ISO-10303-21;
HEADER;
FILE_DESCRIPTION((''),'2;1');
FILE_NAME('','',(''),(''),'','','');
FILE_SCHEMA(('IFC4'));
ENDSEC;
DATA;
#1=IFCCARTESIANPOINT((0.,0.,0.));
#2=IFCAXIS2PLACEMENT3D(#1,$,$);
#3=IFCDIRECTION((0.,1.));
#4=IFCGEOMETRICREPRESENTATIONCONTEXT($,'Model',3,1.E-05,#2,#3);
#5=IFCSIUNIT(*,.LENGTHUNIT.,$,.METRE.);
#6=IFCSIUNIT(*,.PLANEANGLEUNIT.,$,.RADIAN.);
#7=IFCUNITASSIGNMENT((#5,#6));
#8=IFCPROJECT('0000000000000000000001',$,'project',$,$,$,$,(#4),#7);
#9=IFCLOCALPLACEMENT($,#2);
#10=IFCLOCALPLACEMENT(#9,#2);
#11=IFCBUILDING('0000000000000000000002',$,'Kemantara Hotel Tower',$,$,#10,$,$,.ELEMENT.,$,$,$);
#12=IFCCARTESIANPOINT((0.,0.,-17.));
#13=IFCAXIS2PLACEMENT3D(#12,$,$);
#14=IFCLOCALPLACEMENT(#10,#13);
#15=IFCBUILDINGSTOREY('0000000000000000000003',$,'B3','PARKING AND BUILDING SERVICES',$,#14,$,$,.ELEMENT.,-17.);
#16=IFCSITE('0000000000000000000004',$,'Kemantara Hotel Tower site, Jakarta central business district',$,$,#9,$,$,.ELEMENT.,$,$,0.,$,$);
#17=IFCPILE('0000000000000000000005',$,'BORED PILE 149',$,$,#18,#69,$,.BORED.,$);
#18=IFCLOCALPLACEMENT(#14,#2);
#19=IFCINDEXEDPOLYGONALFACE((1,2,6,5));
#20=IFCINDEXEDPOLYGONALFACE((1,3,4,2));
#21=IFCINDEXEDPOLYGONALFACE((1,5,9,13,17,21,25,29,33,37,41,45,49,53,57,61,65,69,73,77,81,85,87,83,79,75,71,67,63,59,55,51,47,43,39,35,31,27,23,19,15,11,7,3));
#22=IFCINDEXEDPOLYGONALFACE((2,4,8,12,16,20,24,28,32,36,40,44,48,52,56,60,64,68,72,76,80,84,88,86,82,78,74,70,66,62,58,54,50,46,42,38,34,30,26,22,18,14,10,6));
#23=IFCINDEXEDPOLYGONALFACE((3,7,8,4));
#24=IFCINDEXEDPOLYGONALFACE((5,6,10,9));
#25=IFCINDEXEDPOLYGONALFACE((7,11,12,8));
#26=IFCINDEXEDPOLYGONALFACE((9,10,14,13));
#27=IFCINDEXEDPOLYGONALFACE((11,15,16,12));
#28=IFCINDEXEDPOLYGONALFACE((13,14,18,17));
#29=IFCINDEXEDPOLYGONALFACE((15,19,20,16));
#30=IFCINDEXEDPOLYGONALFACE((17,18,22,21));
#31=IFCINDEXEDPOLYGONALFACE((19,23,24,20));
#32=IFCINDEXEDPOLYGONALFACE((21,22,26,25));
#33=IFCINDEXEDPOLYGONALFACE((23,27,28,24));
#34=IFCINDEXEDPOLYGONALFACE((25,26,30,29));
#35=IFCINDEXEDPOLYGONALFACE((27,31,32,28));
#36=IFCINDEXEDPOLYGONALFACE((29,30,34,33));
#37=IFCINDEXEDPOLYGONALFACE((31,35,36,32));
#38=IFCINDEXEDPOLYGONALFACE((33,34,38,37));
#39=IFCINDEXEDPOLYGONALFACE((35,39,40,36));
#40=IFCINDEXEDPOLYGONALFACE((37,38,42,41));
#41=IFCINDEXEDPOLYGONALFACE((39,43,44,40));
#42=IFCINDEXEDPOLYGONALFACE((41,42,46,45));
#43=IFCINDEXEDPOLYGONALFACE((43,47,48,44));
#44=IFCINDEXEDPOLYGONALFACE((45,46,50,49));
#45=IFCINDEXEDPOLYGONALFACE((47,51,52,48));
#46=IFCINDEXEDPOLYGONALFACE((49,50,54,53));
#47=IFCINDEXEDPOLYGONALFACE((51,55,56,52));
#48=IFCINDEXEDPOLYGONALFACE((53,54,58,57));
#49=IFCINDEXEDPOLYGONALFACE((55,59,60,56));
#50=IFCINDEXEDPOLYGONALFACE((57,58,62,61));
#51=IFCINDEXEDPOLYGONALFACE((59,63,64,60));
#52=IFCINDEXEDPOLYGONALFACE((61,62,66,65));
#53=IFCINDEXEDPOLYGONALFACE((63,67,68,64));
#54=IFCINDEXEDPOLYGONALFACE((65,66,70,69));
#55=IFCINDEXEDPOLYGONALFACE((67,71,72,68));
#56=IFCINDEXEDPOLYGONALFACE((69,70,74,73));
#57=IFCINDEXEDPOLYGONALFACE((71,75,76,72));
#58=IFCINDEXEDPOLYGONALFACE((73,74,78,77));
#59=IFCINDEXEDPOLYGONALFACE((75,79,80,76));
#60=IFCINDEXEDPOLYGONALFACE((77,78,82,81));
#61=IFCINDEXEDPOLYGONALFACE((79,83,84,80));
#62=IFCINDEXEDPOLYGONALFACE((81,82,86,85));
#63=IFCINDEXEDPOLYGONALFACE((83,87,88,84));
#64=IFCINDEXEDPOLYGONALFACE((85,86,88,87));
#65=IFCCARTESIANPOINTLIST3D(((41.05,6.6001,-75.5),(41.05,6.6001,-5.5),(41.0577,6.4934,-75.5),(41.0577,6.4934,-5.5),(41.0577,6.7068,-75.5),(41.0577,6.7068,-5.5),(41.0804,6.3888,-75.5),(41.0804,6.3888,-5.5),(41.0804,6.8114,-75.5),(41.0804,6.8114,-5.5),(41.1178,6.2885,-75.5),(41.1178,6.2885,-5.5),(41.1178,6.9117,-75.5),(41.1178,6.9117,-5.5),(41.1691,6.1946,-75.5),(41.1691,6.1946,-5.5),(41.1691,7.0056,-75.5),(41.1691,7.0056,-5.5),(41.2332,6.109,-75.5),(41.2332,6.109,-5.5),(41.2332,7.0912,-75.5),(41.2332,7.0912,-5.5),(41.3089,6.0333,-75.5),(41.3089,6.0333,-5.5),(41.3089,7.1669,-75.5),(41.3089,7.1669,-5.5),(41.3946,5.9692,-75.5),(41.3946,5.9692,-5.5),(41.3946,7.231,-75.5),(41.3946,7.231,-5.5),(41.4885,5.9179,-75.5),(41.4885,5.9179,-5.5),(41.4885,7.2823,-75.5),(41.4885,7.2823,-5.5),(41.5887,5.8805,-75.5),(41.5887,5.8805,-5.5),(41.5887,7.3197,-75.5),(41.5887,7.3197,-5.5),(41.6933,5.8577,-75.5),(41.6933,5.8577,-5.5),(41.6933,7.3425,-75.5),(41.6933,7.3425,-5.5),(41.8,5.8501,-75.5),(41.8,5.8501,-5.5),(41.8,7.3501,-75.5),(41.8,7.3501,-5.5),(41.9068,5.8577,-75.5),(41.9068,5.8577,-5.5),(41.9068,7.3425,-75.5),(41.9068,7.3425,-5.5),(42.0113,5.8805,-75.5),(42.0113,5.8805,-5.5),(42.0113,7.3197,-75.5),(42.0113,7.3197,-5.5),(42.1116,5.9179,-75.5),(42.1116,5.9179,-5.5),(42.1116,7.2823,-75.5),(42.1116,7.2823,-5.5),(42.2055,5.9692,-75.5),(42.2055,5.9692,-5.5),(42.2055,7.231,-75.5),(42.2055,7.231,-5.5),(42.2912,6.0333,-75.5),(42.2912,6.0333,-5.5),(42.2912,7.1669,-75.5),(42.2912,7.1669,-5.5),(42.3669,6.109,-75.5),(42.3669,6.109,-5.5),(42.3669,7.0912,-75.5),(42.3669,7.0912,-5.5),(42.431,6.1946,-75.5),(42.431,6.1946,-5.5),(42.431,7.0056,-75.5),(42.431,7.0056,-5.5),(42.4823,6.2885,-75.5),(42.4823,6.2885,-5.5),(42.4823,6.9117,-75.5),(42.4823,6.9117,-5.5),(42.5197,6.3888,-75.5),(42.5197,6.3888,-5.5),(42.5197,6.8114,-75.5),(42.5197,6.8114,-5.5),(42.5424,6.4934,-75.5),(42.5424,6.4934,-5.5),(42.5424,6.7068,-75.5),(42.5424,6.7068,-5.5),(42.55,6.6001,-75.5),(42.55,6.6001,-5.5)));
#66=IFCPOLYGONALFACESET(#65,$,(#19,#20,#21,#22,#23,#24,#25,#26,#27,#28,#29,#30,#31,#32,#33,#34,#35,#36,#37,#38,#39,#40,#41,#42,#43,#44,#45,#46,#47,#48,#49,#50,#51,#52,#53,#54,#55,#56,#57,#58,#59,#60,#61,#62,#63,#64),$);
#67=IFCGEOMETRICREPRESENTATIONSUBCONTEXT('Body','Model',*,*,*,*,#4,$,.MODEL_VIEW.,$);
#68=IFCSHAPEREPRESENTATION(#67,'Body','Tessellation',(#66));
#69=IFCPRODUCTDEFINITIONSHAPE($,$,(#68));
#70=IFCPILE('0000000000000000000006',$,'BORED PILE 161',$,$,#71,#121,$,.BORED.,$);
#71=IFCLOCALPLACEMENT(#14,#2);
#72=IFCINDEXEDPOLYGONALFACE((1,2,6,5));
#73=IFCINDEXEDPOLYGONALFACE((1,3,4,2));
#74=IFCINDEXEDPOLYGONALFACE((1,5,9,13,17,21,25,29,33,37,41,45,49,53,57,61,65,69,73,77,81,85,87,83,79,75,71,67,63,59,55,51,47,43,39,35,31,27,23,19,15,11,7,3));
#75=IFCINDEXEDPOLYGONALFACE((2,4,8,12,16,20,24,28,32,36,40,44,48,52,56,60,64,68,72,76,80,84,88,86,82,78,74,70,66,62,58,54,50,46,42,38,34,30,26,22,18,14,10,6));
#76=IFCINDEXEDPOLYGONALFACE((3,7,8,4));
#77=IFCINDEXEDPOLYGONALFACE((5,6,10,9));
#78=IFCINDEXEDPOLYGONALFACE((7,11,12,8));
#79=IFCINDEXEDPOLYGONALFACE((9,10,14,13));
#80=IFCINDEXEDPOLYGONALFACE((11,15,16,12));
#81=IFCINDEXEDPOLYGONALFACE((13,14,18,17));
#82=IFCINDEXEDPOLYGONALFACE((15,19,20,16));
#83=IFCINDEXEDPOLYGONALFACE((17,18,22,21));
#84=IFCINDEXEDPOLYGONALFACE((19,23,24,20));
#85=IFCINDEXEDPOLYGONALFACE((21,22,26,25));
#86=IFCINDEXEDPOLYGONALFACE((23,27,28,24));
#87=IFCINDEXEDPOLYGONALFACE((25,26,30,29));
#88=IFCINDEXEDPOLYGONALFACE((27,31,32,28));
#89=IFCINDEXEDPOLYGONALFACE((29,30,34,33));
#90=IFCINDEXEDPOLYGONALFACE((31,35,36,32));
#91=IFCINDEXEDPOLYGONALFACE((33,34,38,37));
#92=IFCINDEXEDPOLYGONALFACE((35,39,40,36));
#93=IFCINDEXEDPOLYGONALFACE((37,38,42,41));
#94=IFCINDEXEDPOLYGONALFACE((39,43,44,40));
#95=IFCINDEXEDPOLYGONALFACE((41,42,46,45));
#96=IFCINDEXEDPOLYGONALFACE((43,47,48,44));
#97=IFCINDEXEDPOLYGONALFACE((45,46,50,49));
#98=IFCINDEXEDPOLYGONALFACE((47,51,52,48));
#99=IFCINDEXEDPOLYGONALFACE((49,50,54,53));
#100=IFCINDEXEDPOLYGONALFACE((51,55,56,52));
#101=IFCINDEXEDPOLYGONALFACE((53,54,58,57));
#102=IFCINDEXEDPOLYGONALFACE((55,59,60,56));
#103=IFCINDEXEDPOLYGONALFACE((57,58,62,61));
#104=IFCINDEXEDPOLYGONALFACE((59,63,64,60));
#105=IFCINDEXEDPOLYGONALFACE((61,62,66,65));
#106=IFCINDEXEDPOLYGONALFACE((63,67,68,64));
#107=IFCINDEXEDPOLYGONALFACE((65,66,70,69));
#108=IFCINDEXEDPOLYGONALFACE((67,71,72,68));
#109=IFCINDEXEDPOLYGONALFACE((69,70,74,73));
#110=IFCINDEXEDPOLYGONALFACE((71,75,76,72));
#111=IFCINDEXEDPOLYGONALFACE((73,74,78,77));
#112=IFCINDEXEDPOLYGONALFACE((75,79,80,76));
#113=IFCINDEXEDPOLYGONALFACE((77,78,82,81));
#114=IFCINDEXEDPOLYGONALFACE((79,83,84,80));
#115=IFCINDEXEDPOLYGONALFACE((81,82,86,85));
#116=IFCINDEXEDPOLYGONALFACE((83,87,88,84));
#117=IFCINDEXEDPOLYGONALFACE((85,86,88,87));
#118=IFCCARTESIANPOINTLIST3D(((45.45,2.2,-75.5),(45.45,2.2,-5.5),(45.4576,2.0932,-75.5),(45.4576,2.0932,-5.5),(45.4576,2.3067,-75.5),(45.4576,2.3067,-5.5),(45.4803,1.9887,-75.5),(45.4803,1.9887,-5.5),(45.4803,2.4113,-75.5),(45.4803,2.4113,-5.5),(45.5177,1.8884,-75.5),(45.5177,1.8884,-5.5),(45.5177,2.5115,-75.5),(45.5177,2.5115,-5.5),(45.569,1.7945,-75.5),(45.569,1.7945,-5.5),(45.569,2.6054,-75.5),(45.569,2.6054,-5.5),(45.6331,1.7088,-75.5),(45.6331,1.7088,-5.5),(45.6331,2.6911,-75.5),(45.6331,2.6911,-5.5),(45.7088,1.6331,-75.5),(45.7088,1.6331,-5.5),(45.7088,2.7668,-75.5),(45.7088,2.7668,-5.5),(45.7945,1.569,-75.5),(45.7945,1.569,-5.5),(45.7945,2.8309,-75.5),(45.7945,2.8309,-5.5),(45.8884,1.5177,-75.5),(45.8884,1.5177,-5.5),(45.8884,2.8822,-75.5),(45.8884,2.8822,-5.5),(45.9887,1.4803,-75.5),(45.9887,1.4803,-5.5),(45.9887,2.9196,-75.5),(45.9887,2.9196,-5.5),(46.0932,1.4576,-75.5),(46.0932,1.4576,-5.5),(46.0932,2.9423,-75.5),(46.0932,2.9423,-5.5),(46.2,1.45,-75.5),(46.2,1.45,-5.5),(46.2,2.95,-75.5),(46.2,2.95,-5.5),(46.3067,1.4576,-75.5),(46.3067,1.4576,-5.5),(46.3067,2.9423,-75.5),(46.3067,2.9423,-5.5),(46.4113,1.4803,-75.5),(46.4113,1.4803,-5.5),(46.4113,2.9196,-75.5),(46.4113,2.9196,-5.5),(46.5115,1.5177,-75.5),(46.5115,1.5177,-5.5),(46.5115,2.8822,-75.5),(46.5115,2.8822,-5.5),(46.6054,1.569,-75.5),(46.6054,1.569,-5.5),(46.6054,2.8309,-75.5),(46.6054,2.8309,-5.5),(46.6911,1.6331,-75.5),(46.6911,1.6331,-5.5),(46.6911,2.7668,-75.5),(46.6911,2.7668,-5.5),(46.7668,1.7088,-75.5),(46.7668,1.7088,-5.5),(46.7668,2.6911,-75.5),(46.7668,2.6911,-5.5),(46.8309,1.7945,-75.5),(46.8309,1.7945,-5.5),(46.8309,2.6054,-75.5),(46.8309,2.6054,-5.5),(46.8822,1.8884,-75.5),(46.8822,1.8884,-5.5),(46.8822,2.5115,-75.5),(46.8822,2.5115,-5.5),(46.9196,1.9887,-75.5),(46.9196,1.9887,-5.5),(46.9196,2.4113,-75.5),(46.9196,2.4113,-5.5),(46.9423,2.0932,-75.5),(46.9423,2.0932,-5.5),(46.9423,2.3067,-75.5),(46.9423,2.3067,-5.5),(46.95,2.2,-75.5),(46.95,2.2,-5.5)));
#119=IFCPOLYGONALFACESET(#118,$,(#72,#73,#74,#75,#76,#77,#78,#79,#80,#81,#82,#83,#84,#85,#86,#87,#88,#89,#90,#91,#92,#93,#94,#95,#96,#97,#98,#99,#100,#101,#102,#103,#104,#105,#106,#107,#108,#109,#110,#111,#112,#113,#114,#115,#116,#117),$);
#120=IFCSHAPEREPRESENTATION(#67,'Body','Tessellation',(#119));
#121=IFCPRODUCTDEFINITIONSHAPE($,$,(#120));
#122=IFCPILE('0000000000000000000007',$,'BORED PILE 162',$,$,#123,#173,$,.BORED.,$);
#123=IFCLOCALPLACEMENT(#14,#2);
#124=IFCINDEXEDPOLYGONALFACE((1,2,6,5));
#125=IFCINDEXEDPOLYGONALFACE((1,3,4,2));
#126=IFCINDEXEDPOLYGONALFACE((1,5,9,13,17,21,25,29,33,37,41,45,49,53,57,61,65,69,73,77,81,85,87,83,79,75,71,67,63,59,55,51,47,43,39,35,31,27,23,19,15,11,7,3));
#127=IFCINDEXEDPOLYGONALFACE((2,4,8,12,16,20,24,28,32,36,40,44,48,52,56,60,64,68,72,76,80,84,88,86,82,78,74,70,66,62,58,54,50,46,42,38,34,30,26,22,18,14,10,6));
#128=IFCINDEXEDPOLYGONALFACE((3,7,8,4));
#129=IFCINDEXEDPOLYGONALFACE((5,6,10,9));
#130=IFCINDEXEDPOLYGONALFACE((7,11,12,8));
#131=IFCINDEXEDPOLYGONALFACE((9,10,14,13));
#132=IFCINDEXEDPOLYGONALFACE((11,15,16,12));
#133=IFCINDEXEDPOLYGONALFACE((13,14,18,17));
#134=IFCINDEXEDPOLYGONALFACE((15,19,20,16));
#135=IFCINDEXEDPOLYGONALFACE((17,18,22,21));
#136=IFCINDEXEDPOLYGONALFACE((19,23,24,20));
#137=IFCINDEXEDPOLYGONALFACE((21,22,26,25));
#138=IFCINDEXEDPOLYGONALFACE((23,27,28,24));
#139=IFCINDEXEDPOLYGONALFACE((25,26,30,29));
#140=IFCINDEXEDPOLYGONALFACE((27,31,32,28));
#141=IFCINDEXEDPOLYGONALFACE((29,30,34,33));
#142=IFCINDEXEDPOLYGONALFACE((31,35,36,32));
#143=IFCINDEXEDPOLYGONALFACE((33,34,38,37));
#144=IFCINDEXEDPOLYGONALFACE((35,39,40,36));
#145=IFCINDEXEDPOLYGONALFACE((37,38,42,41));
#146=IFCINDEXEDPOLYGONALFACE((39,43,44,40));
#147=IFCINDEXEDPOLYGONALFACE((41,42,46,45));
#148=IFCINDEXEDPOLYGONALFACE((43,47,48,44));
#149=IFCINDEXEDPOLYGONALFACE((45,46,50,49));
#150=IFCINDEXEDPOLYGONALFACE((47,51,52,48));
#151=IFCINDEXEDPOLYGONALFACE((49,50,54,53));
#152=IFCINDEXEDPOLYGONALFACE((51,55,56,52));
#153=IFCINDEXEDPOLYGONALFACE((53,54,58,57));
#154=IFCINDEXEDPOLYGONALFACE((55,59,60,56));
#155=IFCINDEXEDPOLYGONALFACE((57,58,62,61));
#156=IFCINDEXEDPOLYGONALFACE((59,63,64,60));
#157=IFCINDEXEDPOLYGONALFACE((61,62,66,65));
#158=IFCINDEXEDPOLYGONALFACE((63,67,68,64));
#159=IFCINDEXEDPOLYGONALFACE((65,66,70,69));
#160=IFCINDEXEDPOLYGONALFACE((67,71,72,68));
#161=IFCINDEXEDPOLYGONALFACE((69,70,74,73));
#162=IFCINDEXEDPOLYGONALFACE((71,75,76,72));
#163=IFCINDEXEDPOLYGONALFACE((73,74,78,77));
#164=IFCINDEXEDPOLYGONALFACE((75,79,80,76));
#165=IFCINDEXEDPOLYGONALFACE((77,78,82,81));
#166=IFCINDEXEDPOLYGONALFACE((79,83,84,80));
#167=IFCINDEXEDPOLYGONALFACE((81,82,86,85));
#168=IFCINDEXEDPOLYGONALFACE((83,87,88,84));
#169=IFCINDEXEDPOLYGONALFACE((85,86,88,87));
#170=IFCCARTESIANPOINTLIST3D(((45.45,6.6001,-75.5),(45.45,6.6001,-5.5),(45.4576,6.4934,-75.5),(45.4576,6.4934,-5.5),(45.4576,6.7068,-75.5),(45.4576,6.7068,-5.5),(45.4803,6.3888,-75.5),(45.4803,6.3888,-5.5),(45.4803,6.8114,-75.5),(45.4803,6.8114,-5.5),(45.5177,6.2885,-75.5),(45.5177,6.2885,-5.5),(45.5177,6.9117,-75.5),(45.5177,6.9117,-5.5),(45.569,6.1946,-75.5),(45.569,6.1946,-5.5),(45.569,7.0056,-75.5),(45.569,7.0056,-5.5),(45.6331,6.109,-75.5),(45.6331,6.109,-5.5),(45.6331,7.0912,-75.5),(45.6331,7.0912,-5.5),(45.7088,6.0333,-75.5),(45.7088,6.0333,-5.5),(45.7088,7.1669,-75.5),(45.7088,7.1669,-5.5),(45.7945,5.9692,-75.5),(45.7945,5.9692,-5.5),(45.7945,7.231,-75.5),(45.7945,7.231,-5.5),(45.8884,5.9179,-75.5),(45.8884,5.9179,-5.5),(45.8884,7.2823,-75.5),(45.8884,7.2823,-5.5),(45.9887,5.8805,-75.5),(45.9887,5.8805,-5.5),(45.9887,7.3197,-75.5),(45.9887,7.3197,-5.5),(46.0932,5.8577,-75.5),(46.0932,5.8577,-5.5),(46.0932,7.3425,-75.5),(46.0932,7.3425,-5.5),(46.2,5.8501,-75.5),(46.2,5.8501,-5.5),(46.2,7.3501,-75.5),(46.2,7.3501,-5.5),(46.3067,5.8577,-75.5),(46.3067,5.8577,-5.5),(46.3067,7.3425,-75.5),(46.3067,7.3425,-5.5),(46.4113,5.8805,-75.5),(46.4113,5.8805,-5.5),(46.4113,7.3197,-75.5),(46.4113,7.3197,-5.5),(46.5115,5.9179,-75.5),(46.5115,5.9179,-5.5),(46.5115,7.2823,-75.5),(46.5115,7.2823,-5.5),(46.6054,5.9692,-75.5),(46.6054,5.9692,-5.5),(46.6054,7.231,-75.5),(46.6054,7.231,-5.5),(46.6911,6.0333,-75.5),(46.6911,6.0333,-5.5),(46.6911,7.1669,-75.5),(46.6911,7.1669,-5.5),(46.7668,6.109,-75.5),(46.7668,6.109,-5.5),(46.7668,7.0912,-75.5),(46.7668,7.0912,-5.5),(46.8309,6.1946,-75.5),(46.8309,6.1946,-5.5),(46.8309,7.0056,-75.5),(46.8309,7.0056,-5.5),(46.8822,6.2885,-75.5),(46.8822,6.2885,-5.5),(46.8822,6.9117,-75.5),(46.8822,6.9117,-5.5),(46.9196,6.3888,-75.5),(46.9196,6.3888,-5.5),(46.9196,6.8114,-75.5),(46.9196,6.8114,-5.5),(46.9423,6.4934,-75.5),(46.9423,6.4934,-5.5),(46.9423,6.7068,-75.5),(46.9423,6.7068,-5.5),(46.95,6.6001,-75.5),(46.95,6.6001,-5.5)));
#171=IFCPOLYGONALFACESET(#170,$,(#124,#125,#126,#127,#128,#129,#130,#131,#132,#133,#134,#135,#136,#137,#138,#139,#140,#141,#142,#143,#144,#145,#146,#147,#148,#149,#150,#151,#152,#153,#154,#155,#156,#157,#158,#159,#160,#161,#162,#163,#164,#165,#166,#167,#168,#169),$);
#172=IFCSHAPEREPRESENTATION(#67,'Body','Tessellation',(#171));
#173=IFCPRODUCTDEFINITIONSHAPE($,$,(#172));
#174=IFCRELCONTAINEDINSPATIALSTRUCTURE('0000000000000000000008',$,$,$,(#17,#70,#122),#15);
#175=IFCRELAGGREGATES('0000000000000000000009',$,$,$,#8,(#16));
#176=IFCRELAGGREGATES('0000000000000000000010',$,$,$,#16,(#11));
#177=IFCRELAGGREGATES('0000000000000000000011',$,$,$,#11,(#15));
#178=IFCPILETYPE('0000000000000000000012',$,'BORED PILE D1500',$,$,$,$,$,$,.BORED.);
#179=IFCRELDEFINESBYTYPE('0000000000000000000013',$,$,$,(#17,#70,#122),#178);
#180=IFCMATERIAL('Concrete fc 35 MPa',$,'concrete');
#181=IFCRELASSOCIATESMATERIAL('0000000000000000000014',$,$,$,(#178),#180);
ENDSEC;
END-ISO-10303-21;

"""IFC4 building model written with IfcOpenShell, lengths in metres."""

from ifc_helpers import new_model, si_unit, direction, frame, origin, origin_2d, place, context, subcontext, project, spatial, circle, extrude, material, material_profile, profile_set, type_object, element, save


model = new_model("IFC4")

# Units and contexts
model_context = context("Model", 3, precision=1e-05, world=origin(), true_north=direction((0.0, 1.0)))
body_context = subcontext(model_context, "Body", "Model", "MODEL_VIEW")
ifc_project = project(units=[si_unit("LENGTHUNIT", "METRE"), si_unit("PLANEANGLEUNIT", "RADIAN")], contexts=[model_context])

# Site, building, storey
site_placement = place(None, origin())
site = spatial("IfcSite", under=ifc_project, at=site_placement, Name="Kemantara Hotel Tower site, Jakarta central business district", CompositionType="ELEMENT", RefElevation=0.0)
building_placement = place(site_placement, origin())
building = spatial("IfcBuilding", under=site, at=building_placement, Name="Kemantara Hotel Tower", CompositionType="ELEMENT")
storey_placement = place(building_placement, frame((0.0, 0.0, -17.0)))
storey = spatial("IfcBuildingStorey", under=building, at=storey_placement, Name="B3", Description="PARKING AND BUILDING SERVICES", CompositionType="ELEMENT", Elevation=-17.0)

# Piles
ifc_material_1 = material(Name="Concrete fc 35 MPa", Category="concrete")
ifc_material_profile_1 = material_profile(ifc_material_1, circle(Radius=0.75, at=origin_2d()), Name="BORED PILE D1500")
ifc_profile_set_1 = profile_set([ifc_material_profile_1], Name="Concrete fc 35 MPa")
pile_type = type_object("IfcPileType", Name="BORED PILE D1500", PredefinedType="BORED", material=ifc_profile_set_1)
for number, where, z_axis, x_axis, name in (
    (1, (41.8, 6.6001, -5.5), (0.0, 0.0, -1.0), (1.0, 0.0, 0.0), "BORED PILE 149"),
    (2, (46.2, 2.2, -5.5), (0.0, 0.0, -1.0), (1.0, 0.0, 0.0), "BORED PILE 161"),
    (3, (46.2, 6.6001, -5.5), (0.0, 0.0, -1.0), (1.0, 0.0, 0.0), "BORED PILE 162"),
):
    element("IfcPile", number, at=place(storey_placement, frame(where, z_axis=z_axis, x_axis=x_axis)), inside=storey, type_object=pile_type, Name=name, PredefinedType="BORED", context=body_context, shape_type="SweptSolid", body=[
        extrude(circle(Radius=0.75, at=origin_2d()), origin(), (0.0, 0.0, 1.0), 70.0),
    ])

save(model, "model.ifc")
